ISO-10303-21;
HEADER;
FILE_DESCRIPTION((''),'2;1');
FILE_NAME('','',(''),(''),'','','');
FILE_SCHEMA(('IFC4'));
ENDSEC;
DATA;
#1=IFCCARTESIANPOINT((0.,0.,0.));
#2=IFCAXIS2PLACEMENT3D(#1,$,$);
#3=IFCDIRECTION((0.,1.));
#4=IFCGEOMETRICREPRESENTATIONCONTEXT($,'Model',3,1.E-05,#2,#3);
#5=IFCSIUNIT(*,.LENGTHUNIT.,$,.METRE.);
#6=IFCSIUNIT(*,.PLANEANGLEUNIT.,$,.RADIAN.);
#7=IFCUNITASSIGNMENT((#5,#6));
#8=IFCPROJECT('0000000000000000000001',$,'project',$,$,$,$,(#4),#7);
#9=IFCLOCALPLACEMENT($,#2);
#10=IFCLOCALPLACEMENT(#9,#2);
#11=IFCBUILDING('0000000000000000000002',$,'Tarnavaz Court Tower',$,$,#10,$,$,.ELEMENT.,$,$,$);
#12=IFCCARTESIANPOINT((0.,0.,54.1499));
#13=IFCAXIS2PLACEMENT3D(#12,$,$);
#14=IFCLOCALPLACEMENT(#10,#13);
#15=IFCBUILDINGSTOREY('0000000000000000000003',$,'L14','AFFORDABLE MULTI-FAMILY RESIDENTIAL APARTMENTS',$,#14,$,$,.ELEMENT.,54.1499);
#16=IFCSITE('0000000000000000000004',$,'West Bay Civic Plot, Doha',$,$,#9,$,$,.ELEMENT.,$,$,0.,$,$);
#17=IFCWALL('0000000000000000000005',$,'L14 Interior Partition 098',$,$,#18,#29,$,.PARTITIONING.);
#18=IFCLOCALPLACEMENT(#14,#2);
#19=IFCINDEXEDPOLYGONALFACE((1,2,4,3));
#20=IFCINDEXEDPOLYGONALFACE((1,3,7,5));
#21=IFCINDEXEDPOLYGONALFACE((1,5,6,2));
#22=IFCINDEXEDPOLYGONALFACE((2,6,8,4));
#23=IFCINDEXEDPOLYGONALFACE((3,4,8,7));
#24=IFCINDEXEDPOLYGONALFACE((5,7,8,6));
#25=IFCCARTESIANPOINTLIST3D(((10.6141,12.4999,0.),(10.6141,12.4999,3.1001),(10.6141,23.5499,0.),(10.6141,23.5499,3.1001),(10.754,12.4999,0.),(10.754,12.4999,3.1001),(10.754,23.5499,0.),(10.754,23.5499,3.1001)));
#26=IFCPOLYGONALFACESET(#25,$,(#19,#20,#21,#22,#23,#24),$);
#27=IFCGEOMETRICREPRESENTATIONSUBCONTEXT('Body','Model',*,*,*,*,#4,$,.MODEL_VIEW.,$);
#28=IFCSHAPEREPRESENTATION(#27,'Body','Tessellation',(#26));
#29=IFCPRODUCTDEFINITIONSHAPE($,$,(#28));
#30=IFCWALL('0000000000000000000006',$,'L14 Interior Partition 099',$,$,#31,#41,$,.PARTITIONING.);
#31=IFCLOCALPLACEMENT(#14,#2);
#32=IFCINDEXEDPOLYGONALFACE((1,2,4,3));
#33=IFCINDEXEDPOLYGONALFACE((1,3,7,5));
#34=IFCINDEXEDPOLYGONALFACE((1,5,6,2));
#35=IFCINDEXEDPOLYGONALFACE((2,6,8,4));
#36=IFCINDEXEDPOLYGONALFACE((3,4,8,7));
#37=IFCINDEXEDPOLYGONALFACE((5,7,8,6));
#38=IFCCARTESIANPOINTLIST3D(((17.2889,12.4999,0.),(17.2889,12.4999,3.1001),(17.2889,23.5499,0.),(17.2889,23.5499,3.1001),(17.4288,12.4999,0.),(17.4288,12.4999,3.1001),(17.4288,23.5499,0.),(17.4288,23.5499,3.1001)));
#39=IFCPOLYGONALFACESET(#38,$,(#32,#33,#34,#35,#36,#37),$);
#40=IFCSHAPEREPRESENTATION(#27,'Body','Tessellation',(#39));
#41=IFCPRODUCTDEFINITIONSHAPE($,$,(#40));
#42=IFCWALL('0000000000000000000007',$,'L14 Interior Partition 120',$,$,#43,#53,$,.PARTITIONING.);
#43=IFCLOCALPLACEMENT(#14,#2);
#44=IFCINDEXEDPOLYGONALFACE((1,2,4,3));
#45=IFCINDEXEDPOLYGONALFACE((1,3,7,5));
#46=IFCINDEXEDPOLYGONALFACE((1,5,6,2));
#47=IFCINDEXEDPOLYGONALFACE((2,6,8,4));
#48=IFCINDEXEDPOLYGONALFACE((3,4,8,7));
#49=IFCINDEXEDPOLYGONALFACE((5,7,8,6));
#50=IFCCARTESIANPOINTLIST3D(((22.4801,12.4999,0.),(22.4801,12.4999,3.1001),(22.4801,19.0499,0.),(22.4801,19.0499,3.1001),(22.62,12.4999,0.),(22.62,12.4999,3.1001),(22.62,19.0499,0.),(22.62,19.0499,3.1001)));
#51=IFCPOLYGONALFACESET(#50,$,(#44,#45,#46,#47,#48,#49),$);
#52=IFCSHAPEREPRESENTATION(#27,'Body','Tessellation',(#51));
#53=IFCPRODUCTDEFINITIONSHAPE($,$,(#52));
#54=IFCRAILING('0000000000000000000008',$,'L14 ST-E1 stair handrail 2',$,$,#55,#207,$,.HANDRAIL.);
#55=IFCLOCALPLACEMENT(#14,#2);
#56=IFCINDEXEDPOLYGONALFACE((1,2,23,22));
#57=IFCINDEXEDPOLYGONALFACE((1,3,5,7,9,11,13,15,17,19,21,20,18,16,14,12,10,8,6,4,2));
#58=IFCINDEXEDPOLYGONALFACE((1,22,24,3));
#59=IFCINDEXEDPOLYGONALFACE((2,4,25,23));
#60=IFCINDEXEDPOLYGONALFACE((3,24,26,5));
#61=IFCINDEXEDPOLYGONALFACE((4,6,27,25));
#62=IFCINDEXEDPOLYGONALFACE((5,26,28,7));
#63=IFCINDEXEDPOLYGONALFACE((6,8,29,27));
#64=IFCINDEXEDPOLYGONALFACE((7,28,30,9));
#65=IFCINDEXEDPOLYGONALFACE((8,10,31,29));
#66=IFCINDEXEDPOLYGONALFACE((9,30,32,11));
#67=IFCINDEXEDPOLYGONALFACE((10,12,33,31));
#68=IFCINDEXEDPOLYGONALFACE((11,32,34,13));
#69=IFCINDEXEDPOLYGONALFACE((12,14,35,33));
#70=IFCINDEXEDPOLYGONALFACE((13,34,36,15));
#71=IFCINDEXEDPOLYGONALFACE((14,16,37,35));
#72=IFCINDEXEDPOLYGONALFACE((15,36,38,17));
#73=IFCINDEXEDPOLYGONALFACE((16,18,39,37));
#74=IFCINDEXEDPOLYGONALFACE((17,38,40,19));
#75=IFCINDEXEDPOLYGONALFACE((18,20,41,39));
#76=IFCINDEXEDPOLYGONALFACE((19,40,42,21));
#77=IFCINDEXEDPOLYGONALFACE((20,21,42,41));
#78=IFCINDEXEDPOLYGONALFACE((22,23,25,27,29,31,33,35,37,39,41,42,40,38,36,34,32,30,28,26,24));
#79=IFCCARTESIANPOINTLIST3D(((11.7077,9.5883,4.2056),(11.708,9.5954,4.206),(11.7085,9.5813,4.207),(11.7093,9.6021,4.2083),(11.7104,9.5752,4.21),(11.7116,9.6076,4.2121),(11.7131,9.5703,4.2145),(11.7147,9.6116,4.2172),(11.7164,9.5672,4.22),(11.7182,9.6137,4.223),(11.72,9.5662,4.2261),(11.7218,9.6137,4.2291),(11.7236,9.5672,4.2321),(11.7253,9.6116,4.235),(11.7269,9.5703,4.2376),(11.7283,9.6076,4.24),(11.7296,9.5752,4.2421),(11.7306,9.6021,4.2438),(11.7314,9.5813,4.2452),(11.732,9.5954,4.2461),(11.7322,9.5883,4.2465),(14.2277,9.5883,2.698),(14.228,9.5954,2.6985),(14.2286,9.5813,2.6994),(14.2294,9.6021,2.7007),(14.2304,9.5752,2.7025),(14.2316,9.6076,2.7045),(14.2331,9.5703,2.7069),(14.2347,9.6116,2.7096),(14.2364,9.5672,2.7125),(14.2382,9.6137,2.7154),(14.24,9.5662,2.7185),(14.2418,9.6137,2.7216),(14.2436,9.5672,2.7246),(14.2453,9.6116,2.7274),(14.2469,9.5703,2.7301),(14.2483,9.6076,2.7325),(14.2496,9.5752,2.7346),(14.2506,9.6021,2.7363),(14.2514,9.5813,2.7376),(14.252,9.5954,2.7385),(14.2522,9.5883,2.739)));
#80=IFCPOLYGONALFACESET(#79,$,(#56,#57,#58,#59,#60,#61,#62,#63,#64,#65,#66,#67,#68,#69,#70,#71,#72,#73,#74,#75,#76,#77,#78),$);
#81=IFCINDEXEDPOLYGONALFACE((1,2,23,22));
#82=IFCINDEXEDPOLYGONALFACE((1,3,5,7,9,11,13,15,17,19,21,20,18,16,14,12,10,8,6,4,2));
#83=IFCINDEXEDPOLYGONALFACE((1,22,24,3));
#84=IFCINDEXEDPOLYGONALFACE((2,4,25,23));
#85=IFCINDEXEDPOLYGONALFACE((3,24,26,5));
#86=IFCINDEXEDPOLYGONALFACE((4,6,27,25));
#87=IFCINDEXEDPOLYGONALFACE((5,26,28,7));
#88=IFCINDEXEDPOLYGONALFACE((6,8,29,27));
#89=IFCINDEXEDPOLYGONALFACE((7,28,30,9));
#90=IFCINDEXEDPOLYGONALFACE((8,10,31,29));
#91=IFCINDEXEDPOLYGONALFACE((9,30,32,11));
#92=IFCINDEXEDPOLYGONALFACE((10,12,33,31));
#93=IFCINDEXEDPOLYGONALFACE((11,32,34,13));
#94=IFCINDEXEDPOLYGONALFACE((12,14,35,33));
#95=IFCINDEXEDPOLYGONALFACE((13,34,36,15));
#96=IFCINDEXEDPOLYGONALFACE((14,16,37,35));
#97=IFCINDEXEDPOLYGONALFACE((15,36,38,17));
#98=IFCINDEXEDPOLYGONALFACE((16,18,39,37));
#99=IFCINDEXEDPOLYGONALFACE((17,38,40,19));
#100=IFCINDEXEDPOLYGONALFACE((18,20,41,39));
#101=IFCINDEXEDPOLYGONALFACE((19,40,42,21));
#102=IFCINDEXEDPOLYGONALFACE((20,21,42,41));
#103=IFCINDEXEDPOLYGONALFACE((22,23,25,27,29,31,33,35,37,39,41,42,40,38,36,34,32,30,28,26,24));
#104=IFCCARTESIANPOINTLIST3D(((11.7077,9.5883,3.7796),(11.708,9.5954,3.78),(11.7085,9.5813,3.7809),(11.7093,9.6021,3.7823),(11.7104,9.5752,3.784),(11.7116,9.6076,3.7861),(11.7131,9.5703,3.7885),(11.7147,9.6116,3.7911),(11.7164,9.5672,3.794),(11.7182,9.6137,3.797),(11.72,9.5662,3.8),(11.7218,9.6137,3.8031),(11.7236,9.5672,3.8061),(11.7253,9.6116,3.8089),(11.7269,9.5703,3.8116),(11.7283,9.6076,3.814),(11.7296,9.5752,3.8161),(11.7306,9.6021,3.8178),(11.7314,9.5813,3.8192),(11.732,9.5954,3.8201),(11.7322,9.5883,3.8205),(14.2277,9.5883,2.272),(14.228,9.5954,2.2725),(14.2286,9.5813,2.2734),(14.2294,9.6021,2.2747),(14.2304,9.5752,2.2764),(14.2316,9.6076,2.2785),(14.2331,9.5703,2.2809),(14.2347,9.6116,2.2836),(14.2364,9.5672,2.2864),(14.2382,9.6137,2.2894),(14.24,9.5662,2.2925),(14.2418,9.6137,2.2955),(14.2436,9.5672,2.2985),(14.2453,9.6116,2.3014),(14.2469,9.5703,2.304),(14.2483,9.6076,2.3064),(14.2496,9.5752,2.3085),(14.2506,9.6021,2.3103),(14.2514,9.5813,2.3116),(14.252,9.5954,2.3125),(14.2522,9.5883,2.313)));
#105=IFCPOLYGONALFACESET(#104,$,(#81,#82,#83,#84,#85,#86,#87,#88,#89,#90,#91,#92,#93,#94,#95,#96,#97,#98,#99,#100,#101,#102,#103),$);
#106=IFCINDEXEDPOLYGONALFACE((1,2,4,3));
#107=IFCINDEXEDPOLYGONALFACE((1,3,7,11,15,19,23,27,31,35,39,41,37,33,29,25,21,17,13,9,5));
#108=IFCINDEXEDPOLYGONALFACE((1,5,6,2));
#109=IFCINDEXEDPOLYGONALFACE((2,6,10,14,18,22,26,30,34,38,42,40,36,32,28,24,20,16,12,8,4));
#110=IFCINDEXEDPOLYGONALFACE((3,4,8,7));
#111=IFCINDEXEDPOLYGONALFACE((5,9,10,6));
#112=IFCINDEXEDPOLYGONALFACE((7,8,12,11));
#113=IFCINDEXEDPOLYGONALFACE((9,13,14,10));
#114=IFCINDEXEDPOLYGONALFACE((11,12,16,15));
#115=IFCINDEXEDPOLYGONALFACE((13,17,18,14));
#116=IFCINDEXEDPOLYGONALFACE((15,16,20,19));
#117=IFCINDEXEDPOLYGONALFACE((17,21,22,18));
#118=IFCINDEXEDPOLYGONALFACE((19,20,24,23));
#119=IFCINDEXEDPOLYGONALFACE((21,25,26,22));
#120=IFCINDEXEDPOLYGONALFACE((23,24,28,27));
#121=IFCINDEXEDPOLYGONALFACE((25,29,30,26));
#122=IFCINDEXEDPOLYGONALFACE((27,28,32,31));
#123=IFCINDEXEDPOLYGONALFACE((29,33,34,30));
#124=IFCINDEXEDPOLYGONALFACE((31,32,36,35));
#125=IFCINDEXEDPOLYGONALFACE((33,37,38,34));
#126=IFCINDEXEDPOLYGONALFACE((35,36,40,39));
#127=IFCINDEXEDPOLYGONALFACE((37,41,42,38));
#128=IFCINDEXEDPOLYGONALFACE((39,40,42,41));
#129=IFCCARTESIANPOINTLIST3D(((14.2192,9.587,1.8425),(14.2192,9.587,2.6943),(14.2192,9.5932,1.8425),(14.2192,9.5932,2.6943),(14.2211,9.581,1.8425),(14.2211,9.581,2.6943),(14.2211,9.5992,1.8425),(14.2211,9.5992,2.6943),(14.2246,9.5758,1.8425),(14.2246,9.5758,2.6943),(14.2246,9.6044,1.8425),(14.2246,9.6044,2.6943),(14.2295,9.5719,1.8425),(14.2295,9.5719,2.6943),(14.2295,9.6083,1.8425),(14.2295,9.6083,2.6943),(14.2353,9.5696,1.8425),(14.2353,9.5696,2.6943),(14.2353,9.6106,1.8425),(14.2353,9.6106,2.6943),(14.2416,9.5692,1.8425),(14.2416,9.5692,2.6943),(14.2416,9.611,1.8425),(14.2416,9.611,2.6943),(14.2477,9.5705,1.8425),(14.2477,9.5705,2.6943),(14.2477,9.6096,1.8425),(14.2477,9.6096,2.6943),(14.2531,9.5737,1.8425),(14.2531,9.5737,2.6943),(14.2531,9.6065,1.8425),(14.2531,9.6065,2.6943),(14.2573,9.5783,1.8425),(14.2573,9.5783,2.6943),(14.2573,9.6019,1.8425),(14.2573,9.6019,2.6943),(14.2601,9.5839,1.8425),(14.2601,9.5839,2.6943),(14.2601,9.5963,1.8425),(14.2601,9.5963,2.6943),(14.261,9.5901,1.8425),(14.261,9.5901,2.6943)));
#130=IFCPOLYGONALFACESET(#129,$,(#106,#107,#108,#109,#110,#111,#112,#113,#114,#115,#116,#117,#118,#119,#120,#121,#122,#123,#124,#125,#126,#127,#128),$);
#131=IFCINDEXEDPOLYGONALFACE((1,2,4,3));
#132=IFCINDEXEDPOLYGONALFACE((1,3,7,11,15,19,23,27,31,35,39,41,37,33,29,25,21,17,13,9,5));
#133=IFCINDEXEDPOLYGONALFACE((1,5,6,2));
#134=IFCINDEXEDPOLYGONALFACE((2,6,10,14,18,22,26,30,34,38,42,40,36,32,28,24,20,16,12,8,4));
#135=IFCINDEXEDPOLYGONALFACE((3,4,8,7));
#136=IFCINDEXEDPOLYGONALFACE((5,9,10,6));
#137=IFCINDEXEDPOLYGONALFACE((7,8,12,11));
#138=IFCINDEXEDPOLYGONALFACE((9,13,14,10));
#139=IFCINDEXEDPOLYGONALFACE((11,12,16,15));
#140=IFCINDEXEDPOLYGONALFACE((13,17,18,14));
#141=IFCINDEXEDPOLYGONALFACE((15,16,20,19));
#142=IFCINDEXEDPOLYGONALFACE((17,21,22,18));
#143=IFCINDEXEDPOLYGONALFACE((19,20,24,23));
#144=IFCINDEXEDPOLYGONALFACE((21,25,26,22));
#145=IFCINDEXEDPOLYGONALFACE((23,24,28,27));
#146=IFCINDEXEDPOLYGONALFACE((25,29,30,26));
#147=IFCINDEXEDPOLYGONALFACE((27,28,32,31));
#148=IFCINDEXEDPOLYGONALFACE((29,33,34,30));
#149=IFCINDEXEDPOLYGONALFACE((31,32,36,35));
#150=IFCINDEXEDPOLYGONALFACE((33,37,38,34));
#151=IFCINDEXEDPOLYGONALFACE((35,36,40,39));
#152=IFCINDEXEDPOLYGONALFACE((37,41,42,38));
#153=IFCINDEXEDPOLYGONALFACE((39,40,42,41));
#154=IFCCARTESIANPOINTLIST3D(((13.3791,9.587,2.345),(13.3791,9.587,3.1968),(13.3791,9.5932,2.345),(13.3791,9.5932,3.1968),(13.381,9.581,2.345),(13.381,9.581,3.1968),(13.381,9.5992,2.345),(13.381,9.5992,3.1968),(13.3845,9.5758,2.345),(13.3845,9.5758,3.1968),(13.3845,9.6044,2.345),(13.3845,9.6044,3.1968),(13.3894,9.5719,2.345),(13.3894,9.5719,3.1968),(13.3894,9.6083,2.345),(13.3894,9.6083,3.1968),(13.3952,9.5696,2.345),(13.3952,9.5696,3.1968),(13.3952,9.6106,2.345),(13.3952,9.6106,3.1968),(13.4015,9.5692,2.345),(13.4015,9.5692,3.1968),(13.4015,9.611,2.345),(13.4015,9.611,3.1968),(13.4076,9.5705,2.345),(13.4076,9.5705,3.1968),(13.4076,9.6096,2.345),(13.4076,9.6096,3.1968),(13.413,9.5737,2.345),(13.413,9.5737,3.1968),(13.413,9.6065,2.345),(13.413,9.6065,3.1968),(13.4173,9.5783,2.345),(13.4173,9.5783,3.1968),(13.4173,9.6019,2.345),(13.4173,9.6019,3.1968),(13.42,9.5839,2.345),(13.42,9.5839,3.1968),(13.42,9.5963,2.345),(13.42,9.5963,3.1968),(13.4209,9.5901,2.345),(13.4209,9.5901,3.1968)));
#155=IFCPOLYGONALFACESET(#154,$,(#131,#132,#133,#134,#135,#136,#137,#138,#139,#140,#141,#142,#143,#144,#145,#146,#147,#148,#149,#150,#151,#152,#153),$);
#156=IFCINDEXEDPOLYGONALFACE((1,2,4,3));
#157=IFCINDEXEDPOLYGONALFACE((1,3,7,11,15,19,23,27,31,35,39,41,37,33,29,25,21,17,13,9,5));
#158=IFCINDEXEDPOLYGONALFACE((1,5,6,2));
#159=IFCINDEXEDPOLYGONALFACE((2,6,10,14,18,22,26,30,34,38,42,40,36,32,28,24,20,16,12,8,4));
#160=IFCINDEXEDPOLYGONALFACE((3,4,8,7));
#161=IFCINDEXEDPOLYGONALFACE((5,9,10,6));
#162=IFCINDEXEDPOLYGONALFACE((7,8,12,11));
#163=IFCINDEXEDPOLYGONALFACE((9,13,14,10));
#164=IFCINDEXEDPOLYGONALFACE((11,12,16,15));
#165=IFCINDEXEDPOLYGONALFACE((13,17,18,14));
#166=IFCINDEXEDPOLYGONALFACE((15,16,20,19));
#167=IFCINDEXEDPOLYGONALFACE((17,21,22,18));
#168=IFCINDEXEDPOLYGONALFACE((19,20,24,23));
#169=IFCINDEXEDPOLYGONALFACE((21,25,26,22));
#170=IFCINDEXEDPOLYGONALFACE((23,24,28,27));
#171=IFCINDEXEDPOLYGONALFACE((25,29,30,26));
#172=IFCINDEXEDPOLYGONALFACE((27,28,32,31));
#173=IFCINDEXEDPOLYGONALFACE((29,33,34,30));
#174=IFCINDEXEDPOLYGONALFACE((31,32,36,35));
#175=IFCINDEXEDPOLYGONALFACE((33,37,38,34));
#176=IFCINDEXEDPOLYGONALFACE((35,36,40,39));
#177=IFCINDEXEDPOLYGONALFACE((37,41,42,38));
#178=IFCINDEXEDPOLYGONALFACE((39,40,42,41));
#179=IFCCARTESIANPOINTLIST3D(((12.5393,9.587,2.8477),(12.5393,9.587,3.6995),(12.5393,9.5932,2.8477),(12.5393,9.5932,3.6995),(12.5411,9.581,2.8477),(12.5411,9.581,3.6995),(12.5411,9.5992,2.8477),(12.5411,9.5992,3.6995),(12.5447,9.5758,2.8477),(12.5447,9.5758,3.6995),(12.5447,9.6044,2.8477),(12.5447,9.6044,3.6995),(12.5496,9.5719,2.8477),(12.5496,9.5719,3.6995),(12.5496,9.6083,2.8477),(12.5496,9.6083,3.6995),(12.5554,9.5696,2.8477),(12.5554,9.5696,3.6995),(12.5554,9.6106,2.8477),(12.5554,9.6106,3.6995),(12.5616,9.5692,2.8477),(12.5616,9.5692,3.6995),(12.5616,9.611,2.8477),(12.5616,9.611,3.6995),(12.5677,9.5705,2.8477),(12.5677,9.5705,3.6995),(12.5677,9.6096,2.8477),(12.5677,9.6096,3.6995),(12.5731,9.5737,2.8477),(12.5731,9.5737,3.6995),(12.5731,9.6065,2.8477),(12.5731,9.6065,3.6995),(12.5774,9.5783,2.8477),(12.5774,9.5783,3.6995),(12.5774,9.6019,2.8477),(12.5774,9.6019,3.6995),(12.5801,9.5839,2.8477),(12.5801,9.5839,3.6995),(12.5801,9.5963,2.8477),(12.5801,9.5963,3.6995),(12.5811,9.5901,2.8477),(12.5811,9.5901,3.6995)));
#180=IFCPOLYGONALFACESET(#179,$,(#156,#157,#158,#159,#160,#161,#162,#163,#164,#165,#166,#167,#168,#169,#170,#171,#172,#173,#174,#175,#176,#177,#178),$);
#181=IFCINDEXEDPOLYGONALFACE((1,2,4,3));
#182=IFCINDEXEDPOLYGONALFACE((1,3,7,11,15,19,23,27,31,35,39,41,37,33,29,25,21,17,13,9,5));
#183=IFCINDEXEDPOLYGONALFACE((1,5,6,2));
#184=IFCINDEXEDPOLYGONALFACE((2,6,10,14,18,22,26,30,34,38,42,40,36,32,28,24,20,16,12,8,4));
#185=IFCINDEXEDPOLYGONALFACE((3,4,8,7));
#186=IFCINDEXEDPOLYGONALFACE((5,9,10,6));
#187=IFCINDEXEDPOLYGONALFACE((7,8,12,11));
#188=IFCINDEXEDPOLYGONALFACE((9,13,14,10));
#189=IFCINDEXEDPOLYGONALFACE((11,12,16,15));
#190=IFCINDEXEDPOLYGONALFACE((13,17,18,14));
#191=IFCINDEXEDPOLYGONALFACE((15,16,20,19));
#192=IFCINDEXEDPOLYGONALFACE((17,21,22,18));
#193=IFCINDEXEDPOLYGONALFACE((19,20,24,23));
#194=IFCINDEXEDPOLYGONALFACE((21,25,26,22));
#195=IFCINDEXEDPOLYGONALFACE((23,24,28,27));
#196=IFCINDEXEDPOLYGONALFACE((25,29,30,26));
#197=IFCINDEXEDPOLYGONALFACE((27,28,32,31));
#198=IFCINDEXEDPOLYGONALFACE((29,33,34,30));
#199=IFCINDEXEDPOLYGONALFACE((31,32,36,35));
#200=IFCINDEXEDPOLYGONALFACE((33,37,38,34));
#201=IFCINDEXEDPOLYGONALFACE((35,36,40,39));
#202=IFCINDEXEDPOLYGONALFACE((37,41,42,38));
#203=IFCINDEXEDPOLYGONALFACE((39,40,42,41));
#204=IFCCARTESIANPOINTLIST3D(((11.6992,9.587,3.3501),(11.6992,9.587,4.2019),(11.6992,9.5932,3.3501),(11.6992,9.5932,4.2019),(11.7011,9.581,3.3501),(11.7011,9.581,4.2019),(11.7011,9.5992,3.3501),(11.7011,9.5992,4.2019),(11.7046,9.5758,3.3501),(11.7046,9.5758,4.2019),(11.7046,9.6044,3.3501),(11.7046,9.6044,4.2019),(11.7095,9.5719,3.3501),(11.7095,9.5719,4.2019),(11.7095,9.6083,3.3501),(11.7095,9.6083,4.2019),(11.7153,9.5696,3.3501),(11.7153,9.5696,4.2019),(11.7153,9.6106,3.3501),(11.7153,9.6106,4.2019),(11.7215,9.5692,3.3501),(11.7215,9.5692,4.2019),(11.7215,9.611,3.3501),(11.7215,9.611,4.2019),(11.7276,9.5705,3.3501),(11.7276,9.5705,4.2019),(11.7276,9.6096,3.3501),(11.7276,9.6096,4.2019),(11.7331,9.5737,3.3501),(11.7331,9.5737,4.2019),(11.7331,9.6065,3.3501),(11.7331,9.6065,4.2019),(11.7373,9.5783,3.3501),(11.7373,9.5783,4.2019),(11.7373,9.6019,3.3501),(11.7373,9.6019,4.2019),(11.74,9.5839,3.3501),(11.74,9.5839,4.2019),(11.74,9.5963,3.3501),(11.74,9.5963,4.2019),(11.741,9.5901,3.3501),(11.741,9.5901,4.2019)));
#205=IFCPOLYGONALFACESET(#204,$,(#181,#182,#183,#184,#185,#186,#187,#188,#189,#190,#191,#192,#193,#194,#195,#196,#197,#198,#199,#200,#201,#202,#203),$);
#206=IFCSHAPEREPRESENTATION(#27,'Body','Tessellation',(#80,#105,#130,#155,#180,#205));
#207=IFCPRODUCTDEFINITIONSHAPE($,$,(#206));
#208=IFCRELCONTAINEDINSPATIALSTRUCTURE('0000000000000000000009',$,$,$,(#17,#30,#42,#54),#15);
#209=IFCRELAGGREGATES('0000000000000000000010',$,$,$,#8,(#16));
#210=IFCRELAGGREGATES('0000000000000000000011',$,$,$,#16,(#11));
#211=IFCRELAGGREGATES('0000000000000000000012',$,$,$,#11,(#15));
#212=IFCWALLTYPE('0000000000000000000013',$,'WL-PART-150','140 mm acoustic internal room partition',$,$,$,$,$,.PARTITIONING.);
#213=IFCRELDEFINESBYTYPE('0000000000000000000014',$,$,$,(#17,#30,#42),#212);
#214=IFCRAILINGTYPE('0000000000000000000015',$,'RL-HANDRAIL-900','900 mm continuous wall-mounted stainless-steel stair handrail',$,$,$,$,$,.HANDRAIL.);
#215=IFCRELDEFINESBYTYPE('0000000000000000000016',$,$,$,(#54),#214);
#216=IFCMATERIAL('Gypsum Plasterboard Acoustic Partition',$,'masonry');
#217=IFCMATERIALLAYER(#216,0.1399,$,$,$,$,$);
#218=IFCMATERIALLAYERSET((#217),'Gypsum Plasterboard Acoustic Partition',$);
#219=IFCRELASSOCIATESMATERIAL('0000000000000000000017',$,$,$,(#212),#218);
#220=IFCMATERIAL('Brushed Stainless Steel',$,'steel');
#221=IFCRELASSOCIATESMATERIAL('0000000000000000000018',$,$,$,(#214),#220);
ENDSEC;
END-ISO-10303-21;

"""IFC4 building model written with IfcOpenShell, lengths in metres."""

from ifc_helpers import new_model, si_unit, direction, frame, frame_2d, origin, origin_2d, place, context, subcontext, project, spatial, rectangle, circle, extrude, material, layer, layer_set, type_object, element, save


model = new_model("IFC4")

# Units and contexts
model_context = context("Model", 3, precision=1e-05, world=origin(), true_north=direction((0.0, 1.0)))
body_context = subcontext(model_context, "Body", "Model", "MODEL_VIEW")
ifc_project = project(units=[si_unit("LENGTHUNIT", "METRE"), si_unit("PLANEANGLEUNIT", "RADIAN")], contexts=[model_context])

# Site, building, storey
site_placement = place(None, origin())
site = spatial("IfcSite", under=ifc_project, at=site_placement, Name="West Bay Civic Plot, Doha", CompositionType="ELEMENT", RefElevation=0.0)
building_placement = place(site_placement, origin())
building = spatial("IfcBuilding", under=site, at=building_placement, Name="Tarnavaz Court Tower", CompositionType="ELEMENT")
storey_placement = place(building_placement, frame((0.0, 0.0, 54.1499)))
storey = spatial("IfcBuildingStorey", under=building, at=storey_placement, Name="L14", Description="AFFORDABLE MULTI-FAMILY RESIDENTIAL APARTMENTS", CompositionType="ELEMENT", Elevation=54.1499)

# Walls
ifc_material_1 = material(Name="Gypsum Plasterboard Acoustic Partition", Category="masonry")
ifc_layer_1 = layer(ifc_material_1, 0.1399)
ifc_layer_set_1 = layer_set([ifc_layer_1], Name="Gypsum Plasterboard Acoustic Partition")
wall_type_1 = type_object("IfcWallType", Name="WL-PART-150", Description="140 mm acoustic internal room partition", PredefinedType="PARTITIONING", material=ifc_layer_set_1)
for number, where, z_axis, x_axis, name in (
    (1, (10.6841, 12.5, 0.0), (0.0, 0.0, 1.0), (0.0, 1.0, 0.0), "L14 Interior Partition 098"),
    (2, (17.3589, 12.5, 0.0), (0.0, 0.0, 1.0), (0.0, 1.0, 0.0), "L14 Interior Partition 099"),
):
    element("IfcWall", number, at=place(storey_placement, frame(where, z_axis=z_axis, x_axis=x_axis)), inside=storey, type_object=wall_type_1, Name=name, PredefinedType="PARTITIONING", context=body_context, shape_type="SweptSolid", body=[
        extrude(rectangle(XDim=11.05, YDim=0.1399, at=frame_2d((5.5249, 0.0))), origin(), (0.0, 0.0, 1.0), 3.1001),
    ])
wall_1_placement = place(storey_placement, frame((22.55, 12.5, 0.0), z_axis=(0.0, 0.0, 1.0), x_axis=(0.0, 1.0, 0.0)))
element("IfcWall", 3, at=wall_1_placement, inside=storey, type_object=wall_type_1, Name="L14 Interior Partition 120", PredefinedType="PARTITIONING", context=body_context, shape_type="SweptSolid", body=[
    extrude(rectangle(XDim=6.55, YDim=0.1399, at=frame_2d((3.2749, 0.0))), origin(), (0.0, 0.0, 1.0), 3.1001),
])

# Railing
ifc_material_2 = material(Name="Brushed Stainless Steel", Category="steel")
railing_type = type_object("IfcRailingType", Name="RL-HANDRAIL-900", Description="900 mm continuous wall-mounted stainless-steel stair handrail", PredefinedType="HANDRAIL", material=ifc_material_2)
railing_placement = place(storey_placement, frame((14.24, 9.5901, 1.8425)))
element("IfcRailing", 4, at=railing_placement, inside=storey, type_object=railing_type, Name="L14 ST-E1 stair handrail 2", PredefinedType="HANDRAIL", context=body_context, shape_type="SweptSolid", body=[
    extrude(circle(Radius=0.0239, at=origin_2d()), frame((0.0, 0.0, 0.876), z_axis=(-0.85816, 0.0, 0.513383), x_axis=(0.0, -1.0, 0.0)), (0.0, 0.0, 1.0), 2.9365),
    extrude(circle(Radius=0.0239, at=origin_2d()), frame((0.0, 0.0, 0.45), z_axis=(-0.85816, 0.0, 0.513383), x_axis=(0.0, -1.0, 0.0)), (0.0, 0.0, 1.0), 2.9365),
    extrude(circle(Radius=0.021, at=origin_2d()), origin(), (0.0, 0.0, 1.0), 0.8518),
    extrude(circle(Radius=0.021, at=origin_2d()), frame((-0.8401, 0.0, 0.5024)), (0.0, 0.0, 1.0), 0.8518),
    extrude(circle(Radius=0.021, at=origin_2d()), frame((-1.6799, 0.0, 1.0051)), (0.0, 0.0, 1.0), 0.8518),
    extrude(circle(Radius=0.021, at=origin_2d()), frame((-2.52, 0.0, 1.5076)), (0.0, 0.0, 1.0), 0.8518),
])

save(model, "model.ifc")
